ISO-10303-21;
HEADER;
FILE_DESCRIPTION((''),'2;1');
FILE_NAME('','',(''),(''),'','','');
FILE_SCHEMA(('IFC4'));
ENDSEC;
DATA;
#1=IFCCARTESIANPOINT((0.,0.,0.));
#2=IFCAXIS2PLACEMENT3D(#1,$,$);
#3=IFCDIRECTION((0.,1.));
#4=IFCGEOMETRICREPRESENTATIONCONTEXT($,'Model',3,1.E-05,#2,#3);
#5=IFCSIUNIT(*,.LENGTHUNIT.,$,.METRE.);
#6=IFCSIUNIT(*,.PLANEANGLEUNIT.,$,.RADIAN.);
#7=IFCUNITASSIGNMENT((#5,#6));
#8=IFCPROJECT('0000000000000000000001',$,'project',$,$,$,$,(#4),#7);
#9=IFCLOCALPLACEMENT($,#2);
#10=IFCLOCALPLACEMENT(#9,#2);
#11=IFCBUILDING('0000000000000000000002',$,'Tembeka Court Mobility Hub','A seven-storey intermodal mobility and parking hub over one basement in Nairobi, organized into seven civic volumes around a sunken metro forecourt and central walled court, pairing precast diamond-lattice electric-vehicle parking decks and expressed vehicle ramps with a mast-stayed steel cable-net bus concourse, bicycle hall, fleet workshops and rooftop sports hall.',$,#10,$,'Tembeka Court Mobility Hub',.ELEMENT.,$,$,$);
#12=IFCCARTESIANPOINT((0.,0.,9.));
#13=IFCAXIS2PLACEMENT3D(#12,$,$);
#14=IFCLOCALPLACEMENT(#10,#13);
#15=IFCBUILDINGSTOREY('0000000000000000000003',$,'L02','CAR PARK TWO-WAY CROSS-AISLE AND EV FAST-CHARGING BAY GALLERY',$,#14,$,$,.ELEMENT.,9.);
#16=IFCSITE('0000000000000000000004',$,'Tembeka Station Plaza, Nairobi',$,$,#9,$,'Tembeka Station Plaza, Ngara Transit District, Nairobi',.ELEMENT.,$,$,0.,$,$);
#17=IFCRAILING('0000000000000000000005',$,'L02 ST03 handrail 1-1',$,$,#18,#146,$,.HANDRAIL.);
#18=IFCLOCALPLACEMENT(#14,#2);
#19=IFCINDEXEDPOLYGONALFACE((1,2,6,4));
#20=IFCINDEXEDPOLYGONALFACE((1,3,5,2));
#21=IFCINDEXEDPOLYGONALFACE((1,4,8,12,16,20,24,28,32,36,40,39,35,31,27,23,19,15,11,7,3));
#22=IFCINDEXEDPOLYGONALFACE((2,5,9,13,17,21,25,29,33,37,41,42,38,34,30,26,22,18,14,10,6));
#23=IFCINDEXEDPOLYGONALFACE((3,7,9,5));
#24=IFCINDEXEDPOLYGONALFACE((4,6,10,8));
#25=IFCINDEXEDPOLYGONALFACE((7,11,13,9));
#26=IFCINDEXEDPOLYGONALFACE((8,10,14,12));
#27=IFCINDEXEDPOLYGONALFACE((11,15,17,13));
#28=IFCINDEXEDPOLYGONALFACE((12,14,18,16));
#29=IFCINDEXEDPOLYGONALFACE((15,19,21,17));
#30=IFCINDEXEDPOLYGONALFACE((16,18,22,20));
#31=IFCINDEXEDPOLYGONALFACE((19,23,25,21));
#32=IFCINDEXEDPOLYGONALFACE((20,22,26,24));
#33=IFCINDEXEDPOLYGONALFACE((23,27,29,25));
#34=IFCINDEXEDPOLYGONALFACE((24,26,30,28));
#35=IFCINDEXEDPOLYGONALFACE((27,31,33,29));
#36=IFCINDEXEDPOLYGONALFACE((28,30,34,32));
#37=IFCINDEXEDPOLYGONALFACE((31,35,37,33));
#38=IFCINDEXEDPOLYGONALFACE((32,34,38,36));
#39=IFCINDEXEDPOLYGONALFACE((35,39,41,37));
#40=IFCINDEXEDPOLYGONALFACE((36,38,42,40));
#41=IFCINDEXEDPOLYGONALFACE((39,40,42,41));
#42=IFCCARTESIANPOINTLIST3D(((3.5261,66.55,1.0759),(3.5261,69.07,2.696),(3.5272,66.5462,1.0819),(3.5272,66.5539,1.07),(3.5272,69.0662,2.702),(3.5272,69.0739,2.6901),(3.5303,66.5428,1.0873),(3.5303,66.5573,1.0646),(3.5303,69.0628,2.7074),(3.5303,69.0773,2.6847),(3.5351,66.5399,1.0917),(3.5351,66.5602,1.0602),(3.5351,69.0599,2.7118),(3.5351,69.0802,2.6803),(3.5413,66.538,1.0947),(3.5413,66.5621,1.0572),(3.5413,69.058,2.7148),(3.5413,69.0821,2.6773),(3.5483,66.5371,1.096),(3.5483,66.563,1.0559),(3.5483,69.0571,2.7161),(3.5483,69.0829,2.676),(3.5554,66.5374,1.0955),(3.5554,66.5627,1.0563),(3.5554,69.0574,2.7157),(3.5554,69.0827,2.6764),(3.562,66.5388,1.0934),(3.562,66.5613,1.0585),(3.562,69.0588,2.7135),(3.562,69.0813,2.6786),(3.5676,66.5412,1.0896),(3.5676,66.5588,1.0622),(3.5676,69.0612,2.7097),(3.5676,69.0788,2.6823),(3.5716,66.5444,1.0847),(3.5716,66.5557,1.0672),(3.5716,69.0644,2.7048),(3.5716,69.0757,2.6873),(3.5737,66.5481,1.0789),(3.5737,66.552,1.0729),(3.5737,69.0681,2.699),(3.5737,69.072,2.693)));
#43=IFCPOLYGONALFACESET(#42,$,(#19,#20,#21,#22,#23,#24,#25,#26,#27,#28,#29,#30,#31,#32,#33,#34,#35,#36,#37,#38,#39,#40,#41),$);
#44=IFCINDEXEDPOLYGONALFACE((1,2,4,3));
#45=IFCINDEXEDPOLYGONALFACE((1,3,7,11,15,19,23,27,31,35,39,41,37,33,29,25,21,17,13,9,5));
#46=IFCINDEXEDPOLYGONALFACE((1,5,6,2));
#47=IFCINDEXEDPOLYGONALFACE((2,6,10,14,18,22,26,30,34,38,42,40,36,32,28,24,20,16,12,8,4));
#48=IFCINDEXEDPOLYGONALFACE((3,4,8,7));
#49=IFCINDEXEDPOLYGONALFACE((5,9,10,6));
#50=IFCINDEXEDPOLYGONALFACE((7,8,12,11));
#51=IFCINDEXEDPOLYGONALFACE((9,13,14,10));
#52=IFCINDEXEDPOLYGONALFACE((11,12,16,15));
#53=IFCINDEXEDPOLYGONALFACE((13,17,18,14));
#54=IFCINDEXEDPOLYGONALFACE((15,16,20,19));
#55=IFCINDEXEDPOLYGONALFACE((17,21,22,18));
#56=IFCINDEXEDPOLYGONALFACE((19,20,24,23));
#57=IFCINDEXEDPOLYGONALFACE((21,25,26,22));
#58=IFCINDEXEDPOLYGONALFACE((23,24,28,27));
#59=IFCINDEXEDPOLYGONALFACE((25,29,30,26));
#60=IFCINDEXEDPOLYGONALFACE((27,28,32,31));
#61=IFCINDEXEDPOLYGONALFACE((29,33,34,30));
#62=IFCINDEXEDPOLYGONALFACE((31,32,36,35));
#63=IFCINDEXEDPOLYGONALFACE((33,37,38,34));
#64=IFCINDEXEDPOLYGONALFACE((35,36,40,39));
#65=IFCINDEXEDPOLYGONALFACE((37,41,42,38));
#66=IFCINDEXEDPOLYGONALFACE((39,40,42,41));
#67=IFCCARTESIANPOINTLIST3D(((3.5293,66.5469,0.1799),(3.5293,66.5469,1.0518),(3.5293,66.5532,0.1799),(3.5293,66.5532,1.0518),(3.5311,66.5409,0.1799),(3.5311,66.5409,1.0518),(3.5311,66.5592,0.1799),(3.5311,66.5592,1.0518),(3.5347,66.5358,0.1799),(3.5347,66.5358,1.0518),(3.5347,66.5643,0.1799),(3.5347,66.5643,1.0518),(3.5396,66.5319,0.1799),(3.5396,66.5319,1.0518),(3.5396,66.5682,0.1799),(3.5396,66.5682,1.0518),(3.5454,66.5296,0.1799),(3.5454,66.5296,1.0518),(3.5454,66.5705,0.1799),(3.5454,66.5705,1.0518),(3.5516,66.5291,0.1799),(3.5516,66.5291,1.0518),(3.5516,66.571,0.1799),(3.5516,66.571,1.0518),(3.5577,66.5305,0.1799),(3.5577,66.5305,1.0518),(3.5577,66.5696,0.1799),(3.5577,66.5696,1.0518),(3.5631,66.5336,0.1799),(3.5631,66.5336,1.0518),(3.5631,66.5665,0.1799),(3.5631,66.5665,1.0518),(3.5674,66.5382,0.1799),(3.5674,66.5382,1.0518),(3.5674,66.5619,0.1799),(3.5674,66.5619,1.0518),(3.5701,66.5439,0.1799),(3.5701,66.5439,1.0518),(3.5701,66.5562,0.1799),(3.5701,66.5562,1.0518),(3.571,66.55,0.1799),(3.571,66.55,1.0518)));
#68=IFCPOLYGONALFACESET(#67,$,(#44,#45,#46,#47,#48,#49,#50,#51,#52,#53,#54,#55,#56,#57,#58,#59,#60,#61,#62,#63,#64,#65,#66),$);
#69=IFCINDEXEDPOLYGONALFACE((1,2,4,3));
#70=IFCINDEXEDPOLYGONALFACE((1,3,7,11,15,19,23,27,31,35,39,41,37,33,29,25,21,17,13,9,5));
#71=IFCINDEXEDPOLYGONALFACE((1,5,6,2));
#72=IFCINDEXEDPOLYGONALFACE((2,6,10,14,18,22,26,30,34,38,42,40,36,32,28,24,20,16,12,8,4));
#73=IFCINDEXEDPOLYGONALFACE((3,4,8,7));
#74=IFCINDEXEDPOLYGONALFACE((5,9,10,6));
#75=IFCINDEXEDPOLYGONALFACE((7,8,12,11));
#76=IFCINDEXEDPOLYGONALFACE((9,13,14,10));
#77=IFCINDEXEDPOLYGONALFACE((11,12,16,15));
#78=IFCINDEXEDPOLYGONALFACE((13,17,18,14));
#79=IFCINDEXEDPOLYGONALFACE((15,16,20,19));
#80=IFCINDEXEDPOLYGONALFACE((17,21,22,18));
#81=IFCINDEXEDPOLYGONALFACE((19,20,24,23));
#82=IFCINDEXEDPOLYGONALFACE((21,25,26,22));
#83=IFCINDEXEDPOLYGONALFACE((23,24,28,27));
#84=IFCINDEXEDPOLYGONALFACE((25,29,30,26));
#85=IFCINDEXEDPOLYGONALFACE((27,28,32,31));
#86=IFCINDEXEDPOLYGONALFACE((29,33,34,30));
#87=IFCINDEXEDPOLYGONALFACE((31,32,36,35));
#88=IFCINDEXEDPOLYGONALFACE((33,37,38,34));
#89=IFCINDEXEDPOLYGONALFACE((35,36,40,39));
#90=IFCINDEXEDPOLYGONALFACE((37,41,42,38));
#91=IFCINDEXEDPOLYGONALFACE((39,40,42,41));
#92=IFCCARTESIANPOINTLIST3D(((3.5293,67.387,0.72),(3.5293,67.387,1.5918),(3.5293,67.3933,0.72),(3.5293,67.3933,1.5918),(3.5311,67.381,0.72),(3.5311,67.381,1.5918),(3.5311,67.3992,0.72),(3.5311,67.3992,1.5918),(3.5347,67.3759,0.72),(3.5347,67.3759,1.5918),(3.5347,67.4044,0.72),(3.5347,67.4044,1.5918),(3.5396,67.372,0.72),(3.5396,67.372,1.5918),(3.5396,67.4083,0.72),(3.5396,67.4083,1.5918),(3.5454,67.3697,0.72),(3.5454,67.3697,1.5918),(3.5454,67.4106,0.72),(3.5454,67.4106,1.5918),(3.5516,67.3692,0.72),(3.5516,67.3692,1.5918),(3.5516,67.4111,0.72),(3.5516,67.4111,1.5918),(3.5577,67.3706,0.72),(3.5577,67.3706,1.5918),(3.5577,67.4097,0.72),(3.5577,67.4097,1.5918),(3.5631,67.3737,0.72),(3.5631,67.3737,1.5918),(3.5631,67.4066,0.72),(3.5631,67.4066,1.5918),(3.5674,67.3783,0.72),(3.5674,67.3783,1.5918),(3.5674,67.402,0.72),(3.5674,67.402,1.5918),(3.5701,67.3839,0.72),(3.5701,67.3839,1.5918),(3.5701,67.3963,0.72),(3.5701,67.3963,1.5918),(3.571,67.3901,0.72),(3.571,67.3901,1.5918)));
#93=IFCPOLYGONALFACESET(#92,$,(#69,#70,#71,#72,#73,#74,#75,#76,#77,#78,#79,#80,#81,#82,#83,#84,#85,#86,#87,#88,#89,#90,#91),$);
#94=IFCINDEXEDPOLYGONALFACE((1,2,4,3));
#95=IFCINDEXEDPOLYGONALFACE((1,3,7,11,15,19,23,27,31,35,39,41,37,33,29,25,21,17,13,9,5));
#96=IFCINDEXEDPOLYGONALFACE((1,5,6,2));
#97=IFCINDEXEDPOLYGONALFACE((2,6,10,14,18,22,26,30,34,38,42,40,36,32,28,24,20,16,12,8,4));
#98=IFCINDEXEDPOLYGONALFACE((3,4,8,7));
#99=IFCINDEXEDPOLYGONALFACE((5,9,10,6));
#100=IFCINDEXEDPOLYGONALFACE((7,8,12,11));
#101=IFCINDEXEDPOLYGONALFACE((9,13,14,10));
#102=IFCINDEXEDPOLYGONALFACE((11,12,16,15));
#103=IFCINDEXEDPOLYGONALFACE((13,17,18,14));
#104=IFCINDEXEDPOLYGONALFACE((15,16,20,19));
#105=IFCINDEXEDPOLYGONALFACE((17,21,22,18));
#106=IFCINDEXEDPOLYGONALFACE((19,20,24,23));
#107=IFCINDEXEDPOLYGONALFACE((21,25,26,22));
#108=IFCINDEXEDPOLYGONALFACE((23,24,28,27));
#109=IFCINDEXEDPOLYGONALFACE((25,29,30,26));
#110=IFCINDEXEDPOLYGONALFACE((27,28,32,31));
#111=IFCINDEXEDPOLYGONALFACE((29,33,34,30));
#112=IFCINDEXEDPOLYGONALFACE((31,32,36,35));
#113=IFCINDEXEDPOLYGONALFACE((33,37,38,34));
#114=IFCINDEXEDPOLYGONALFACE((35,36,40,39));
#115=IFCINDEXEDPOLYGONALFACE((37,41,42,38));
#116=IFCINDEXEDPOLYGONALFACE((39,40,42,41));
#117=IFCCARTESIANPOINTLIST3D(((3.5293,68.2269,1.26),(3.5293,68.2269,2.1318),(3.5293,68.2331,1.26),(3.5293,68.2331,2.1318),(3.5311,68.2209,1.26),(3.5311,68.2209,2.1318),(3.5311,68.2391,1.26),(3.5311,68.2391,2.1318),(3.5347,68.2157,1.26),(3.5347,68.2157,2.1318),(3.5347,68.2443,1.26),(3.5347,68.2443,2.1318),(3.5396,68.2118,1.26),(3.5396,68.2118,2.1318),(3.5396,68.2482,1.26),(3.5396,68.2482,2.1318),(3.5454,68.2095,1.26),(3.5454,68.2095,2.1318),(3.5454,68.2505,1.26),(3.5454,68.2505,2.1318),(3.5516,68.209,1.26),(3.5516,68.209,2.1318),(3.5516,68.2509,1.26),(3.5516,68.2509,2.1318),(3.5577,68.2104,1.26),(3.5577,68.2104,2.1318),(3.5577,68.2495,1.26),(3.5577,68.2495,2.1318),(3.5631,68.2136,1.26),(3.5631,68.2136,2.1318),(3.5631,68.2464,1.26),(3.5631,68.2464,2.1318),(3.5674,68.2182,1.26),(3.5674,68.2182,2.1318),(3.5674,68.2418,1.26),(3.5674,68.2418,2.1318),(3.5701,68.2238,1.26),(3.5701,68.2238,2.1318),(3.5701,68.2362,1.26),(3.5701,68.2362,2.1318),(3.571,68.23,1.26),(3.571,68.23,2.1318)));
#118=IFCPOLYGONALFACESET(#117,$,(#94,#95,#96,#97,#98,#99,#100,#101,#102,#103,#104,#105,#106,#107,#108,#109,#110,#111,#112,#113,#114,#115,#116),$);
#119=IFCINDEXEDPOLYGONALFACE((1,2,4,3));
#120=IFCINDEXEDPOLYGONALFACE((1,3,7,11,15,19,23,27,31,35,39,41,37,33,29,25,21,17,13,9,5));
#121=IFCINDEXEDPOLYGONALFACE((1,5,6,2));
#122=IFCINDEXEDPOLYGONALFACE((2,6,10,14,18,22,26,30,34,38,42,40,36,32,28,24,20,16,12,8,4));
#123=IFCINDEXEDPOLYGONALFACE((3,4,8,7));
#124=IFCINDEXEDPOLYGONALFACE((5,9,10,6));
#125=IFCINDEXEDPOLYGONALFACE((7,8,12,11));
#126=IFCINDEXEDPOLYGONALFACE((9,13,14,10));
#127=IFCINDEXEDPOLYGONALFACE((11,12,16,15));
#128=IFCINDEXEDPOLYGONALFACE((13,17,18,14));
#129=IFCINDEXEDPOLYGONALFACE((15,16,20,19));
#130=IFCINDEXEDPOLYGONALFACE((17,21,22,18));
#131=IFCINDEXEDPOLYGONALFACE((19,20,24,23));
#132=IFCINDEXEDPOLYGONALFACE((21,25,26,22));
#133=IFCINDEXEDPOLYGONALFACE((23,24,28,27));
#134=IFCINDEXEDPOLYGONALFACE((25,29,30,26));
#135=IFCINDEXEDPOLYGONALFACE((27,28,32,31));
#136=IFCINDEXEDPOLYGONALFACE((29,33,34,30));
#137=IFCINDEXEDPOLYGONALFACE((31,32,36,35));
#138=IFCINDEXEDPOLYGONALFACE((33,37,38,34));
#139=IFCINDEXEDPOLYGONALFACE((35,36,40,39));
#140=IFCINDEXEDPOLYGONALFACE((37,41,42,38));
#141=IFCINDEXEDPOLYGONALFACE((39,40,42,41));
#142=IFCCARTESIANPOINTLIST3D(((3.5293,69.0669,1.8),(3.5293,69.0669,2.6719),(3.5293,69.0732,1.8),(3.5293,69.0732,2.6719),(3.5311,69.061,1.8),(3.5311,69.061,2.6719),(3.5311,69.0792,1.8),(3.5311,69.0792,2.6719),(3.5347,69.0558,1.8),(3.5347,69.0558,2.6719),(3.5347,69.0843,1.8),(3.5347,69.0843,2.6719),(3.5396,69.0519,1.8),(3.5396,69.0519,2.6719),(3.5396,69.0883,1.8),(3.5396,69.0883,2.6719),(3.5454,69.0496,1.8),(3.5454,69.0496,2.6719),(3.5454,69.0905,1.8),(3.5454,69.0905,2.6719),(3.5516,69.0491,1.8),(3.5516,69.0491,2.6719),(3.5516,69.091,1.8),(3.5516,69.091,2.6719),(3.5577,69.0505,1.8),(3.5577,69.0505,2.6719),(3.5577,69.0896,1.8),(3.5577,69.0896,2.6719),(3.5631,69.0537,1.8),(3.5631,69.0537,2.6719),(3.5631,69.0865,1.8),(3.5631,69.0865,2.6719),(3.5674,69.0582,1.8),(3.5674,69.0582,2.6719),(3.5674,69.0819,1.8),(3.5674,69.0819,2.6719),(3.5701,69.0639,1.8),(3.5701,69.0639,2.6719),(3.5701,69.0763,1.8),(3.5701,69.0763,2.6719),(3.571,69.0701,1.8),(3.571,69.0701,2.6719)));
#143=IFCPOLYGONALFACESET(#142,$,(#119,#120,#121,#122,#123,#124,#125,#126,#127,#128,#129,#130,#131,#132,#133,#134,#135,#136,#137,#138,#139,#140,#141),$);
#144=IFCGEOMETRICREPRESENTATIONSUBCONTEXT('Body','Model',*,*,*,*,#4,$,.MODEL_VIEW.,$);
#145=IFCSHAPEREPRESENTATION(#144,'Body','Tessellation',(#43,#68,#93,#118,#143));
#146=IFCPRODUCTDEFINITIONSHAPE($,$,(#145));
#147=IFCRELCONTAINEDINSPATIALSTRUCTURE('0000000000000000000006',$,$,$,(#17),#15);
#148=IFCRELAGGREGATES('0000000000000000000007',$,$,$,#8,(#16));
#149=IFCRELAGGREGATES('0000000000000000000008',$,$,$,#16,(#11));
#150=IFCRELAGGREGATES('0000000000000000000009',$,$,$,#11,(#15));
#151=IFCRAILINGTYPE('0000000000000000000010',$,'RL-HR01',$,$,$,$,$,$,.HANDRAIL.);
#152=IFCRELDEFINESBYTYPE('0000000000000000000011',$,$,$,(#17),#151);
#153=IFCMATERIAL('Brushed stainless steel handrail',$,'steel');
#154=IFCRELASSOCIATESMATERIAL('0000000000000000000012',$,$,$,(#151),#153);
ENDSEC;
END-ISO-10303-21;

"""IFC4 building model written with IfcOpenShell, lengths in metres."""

from ifc_helpers import new_model, si_unit, direction, frame, origin, origin_2d, place, context, subcontext, project, spatial, circle, extrude, material, type_object, element, save


model = new_model("IFC4")

# Units and contexts
model_context = context("Model", 3, precision=1e-05, world=origin(), true_north=direction((0.0, 1.0)))
body_context = subcontext(model_context, "Body", "Model", "MODEL_VIEW")
ifc_project = project(units=[si_unit("LENGTHUNIT", "METRE"), si_unit("PLANEANGLEUNIT", "RADIAN")], contexts=[model_context])

# Site, building, storey
site_placement = place(None, origin())
site = spatial("IfcSite", under=ifc_project, at=site_placement, Name="Tembeka Station Plaza, Nairobi", LongName="Tembeka Station Plaza, Ngara Transit District, Nairobi", CompositionType="ELEMENT", RefElevation=0.0)
building_placement = place(site_placement, origin())
building = spatial("IfcBuilding", under=site, at=building_placement, Name="Tembeka Court Mobility Hub", Description="A seven-storey intermodal mobility and parking hub over one basement in Nairobi, organized into seven civic volumes around a sunken metro forecourt and central walled court, pairing precast diamond-lattice electric-vehicle parking decks and expressed vehicle ramps with a mast-stayed steel cable-net bus concourse, bicycle hall, fleet workshops and rooftop sports hall.", LongName="Tembeka Court Mobility Hub", CompositionType="ELEMENT")
storey_placement = place(building_placement, frame((0.0, 0.0, 9.0)))
storey = spatial("IfcBuildingStorey", under=building, at=storey_placement, Name="L02", Description="CAR PARK TWO-WAY CROSS-AISLE AND EV FAST-CHARGING BAY GALLERY", CompositionType="ELEMENT", Elevation=9.0)

# Railing
ifc_material_1 = material(Name="Brushed stainless steel handrail", Category="steel")
railing_type_1 = type_object("IfcRailingType", Name="RL-HR01", PredefinedType="HANDRAIL", material=ifc_material_1)
railing_1_placement = place(storey_placement, frame((3.55, 66.55, 0.1799)))
element("IfcRailing", 1, at=railing_1_placement, inside=storey, type_object=railing_type_1, Name="L02 ST03 handrail 1-1", PredefinedType="HANDRAIL", context=body_context, shape_type="SweptSolid", body=[
    extrude(circle(Radius=0.0239, at=origin_2d()), frame((0.0, 0.0, 0.896), z_axis=(0.0, 0.841163, 0.540782), x_axis=(-1.0, 0.0, 0.0)), (0.0, 0.0, 1.0), 2.9958),
    extrude(circle(Radius=0.021, at=origin_2d()), origin(), (0.0, 0.0, 1.0), 0.8718),
    extrude(circle(Radius=0.021, at=origin_2d()), frame((0.0, 0.8401, 0.54)), (0.0, 0.0, 1.0), 0.8718),
    extrude(circle(Radius=0.021, at=origin_2d()), frame((0.0, 1.6799, 1.0801)), (0.0, 0.0, 1.0), 0.8718),
    extrude(circle(Radius=0.021, at=origin_2d()), frame((0.0, 2.52, 1.6201)), (0.0, 0.0, 1.0), 0.8718),
])

save(model, "model.ifc")
